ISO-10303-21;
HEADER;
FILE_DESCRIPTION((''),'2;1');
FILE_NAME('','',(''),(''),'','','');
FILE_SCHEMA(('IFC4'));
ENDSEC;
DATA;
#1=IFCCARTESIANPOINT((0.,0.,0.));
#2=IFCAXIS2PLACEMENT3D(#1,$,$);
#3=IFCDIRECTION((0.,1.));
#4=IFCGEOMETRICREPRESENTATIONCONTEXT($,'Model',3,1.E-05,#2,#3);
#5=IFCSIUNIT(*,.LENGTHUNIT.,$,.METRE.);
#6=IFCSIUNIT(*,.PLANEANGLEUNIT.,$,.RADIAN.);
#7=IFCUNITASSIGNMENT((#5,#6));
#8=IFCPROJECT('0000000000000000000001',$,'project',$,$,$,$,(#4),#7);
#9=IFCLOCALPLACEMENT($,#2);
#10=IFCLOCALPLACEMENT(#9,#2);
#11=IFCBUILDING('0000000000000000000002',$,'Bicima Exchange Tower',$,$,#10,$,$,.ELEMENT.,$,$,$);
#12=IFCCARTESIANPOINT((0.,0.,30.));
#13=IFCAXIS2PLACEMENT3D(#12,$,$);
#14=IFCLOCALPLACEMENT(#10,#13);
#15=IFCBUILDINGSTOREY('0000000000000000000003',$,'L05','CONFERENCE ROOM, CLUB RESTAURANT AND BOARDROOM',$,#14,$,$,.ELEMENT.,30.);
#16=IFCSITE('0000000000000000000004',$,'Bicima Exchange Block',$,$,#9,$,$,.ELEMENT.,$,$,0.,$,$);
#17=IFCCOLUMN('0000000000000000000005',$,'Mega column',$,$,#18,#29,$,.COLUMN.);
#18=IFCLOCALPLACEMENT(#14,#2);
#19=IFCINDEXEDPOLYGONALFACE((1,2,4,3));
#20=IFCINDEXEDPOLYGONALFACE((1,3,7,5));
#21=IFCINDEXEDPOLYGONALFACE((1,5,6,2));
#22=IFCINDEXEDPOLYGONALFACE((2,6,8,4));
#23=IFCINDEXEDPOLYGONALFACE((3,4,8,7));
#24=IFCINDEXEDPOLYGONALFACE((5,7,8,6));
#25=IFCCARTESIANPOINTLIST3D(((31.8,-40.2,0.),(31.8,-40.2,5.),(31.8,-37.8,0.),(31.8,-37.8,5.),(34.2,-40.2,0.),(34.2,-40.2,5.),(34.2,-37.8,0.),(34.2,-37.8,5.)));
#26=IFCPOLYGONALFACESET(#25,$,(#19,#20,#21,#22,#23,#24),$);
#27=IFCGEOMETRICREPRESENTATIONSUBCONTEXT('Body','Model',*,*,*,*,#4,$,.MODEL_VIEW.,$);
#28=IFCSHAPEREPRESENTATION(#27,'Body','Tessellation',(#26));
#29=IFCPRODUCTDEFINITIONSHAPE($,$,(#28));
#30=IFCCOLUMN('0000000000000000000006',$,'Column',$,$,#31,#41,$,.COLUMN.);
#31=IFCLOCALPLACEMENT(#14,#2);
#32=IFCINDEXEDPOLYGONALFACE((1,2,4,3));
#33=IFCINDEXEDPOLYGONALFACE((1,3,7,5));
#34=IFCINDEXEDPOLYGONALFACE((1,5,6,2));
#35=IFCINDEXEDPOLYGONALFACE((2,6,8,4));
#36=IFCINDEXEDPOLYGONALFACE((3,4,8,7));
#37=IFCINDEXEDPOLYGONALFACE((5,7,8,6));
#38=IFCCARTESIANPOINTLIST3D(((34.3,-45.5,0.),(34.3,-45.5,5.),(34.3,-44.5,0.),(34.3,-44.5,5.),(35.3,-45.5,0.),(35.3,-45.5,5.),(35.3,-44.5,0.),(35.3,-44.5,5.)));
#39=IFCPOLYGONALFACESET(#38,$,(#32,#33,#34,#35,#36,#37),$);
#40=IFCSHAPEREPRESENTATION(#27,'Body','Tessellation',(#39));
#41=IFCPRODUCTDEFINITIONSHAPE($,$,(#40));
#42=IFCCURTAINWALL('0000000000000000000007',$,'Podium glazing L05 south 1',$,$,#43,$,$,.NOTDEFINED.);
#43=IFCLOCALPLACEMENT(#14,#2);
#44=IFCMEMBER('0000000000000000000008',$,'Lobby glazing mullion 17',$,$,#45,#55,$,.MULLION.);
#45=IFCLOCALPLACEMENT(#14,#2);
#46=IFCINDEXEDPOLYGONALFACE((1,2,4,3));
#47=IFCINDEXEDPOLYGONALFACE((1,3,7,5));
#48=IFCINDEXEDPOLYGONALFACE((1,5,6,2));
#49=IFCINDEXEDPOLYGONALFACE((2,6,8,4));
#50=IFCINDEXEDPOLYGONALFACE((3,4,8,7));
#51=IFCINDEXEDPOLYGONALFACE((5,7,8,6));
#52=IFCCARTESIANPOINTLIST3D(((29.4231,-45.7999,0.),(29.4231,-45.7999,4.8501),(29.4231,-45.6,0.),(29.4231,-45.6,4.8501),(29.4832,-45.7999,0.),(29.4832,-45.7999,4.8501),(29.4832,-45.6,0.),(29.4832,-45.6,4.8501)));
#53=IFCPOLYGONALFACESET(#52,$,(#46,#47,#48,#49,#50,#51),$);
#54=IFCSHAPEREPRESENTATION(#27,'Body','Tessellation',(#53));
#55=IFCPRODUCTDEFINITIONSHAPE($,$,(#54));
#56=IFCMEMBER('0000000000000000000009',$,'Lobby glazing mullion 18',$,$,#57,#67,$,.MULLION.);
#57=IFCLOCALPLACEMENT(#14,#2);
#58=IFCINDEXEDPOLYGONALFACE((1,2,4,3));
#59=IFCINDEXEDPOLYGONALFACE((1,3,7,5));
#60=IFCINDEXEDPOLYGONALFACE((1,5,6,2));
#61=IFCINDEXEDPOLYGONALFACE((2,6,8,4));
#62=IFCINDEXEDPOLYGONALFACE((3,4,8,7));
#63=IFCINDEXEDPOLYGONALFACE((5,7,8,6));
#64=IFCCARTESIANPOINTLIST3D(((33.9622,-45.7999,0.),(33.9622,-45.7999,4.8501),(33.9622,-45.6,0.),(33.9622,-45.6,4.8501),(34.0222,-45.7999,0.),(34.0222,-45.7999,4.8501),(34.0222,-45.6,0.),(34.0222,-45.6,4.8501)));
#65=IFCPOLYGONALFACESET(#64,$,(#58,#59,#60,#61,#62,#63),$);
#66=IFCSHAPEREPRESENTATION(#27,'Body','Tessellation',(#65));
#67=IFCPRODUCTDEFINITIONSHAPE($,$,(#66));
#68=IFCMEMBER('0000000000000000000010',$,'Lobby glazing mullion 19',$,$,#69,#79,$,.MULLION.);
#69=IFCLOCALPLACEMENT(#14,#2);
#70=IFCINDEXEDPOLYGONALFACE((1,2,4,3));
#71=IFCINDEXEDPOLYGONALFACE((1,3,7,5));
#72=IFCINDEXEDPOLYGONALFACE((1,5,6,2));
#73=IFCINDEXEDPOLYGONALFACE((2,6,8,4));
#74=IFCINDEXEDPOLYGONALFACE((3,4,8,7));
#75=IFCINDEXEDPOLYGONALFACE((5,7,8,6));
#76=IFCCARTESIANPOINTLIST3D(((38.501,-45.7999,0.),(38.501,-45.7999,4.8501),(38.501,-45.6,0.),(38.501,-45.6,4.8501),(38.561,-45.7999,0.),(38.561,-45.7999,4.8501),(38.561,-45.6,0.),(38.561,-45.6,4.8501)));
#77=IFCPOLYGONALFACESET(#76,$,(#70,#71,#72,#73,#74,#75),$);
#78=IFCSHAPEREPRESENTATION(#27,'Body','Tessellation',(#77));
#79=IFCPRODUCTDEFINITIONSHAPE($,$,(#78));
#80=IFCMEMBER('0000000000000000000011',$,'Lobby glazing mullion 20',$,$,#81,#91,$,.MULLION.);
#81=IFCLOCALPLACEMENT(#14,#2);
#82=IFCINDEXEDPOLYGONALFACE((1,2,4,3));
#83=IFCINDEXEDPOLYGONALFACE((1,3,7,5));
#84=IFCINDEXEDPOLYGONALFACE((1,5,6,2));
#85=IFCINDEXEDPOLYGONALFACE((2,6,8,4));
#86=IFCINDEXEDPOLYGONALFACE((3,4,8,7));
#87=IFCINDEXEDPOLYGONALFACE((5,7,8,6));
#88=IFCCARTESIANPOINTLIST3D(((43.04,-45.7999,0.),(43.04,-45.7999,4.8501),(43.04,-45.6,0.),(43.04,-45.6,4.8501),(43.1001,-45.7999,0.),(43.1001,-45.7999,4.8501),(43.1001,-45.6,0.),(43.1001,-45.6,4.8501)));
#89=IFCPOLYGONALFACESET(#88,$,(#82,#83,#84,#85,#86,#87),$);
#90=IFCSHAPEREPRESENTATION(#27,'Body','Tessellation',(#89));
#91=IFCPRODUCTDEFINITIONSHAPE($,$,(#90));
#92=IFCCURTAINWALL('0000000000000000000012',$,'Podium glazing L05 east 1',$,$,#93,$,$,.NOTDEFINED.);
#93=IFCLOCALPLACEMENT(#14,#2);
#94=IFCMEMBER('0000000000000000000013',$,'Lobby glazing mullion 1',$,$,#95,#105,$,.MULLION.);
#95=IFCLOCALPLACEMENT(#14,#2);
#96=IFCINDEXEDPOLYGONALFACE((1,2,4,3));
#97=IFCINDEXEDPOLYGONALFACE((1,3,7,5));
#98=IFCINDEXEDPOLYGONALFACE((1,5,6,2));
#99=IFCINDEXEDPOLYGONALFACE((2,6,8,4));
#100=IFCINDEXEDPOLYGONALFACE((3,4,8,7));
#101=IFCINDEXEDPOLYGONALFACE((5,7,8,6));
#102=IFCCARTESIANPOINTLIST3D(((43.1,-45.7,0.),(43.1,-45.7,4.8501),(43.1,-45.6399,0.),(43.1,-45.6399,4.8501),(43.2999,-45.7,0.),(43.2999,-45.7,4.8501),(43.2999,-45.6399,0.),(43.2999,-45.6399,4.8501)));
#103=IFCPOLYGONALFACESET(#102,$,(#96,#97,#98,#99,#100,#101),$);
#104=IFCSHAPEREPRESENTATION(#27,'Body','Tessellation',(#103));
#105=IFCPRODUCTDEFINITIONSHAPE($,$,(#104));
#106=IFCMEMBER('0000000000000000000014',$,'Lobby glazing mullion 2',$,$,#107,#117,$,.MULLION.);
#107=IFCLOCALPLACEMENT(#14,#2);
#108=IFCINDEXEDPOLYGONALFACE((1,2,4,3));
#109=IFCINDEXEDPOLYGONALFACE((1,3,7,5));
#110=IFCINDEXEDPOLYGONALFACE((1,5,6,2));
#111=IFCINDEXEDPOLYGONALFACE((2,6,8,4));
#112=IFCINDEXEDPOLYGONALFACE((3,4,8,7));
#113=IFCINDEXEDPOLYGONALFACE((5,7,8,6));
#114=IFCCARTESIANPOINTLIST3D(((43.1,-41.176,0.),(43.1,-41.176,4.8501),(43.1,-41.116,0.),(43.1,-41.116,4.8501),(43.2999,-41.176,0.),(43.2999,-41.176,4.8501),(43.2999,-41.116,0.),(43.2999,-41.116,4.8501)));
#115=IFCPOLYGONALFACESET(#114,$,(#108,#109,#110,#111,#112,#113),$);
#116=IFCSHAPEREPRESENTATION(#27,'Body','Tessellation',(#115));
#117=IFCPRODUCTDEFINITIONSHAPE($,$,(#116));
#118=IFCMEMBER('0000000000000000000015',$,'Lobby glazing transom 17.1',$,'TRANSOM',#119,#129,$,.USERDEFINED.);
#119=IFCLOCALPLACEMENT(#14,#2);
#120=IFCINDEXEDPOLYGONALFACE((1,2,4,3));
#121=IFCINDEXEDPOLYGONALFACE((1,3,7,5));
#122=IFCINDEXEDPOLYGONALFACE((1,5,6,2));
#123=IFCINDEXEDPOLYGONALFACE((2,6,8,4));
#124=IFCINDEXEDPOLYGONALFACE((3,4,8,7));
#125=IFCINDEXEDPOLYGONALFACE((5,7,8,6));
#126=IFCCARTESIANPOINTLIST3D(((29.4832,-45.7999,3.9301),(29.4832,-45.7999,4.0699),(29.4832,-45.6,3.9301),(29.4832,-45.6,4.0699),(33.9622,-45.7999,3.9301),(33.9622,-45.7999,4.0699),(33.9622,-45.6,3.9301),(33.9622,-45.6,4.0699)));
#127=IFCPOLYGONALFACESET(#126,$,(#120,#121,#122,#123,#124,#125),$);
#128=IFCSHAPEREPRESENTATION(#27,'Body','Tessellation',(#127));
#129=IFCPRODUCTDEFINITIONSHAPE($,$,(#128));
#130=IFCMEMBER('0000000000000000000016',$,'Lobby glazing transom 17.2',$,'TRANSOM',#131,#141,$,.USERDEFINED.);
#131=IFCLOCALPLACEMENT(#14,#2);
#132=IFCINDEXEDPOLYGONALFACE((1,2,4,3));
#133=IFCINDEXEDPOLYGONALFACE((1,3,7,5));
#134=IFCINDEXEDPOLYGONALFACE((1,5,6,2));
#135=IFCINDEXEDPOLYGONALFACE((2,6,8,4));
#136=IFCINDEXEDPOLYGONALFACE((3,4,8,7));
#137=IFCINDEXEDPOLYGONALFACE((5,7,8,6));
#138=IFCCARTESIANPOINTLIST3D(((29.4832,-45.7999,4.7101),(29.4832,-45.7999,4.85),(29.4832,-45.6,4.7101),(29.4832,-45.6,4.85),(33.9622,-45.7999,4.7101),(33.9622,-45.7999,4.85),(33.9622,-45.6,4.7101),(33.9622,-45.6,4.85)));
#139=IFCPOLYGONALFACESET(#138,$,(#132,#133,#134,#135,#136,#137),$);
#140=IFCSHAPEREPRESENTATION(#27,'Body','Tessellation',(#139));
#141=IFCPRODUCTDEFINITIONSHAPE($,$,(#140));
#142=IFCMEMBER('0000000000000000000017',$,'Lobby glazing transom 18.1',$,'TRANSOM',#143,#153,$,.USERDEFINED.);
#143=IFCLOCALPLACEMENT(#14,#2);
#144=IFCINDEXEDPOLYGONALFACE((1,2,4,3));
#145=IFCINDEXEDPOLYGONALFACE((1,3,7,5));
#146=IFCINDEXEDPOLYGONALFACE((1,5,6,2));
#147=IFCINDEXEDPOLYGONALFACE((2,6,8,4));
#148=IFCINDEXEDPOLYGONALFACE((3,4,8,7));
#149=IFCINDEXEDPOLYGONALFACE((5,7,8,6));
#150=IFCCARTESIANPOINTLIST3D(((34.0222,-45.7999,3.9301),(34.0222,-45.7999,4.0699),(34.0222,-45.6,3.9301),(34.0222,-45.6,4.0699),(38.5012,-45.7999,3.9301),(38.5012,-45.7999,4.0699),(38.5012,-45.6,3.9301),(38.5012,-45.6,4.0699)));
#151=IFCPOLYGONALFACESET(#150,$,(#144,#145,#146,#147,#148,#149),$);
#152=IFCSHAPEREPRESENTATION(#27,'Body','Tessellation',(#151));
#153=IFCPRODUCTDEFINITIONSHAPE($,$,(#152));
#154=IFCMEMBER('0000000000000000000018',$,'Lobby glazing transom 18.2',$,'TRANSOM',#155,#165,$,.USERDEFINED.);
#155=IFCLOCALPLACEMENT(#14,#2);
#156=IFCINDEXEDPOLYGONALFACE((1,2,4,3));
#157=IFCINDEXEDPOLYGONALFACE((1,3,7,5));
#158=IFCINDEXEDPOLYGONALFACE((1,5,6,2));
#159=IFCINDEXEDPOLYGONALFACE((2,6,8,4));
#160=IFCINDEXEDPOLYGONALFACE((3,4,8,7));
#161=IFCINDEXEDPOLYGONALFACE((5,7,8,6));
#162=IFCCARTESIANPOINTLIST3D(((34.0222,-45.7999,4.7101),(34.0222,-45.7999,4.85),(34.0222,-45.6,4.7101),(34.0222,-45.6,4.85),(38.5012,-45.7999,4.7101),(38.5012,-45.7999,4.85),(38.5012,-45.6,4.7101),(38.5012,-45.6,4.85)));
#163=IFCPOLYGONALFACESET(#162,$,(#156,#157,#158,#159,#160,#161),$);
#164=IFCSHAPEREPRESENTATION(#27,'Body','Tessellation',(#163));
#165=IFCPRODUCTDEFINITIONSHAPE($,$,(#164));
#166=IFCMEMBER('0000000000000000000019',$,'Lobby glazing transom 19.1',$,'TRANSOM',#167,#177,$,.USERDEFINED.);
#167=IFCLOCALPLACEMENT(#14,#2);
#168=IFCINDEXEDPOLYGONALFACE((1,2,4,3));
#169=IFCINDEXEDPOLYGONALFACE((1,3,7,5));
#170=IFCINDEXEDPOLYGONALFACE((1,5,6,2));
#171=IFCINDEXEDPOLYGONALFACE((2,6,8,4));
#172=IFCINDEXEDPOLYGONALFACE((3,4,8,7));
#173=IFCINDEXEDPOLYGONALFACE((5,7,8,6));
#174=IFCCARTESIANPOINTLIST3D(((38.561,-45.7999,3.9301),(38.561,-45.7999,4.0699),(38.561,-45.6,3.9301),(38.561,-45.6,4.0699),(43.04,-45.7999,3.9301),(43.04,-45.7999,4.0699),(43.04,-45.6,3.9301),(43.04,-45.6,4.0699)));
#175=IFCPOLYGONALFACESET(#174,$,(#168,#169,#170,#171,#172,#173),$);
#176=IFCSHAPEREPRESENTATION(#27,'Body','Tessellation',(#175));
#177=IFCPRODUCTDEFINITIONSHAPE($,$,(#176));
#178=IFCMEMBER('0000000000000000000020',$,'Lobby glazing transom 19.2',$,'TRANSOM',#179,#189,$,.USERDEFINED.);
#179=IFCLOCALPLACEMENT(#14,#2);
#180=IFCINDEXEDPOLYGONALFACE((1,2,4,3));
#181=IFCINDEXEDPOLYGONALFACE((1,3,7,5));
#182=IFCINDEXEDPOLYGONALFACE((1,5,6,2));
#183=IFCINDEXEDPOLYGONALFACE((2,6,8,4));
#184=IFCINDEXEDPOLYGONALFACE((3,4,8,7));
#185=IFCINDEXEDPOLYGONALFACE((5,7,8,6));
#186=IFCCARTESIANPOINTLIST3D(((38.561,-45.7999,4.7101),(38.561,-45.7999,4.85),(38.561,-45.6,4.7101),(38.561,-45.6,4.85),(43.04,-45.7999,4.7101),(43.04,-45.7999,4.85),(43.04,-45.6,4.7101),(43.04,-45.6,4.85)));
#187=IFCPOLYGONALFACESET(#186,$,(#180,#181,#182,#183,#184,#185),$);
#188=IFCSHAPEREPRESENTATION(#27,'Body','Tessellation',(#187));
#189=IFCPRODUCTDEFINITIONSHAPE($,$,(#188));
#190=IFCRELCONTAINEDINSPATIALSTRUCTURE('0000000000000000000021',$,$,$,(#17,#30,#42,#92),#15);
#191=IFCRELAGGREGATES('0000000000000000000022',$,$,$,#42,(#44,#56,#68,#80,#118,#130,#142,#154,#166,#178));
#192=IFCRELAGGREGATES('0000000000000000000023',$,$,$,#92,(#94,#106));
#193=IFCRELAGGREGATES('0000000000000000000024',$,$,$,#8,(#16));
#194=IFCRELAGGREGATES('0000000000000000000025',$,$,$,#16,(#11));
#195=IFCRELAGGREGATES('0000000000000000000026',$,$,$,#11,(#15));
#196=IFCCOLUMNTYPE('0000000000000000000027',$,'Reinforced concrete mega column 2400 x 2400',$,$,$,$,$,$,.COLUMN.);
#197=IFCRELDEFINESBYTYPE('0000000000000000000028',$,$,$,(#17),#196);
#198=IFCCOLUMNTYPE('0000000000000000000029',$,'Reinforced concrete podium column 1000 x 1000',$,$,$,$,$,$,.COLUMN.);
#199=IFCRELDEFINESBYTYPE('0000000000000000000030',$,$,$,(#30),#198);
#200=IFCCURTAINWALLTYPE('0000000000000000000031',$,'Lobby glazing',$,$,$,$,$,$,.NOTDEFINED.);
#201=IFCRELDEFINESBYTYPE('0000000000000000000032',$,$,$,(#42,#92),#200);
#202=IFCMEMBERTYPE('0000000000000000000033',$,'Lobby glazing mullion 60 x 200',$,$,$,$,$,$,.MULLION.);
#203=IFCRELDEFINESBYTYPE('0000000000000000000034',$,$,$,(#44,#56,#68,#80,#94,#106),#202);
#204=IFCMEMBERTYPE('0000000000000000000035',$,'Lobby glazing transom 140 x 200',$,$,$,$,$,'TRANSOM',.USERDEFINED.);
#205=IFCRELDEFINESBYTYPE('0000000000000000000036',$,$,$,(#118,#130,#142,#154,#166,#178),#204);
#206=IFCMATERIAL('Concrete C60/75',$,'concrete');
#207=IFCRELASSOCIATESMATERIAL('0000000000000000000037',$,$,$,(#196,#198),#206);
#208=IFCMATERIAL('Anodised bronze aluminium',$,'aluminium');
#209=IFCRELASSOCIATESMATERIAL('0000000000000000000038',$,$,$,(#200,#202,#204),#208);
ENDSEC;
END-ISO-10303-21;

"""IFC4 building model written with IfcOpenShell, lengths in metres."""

from ifc_helpers import new_model, si_unit, direction, frame, origin, origin_2d, place, context, subcontext, project, spatial, rectangle, extrude, material, material_profile, profile_set, type_object, element, aggregate, save


model = new_model("IFC4")

# Units and contexts
model_context = context("Model", 3, precision=1e-05, world=origin(), true_north=direction((0.0, 1.0)))
body_context = subcontext(model_context, "Body", "Model", "MODEL_VIEW")
ifc_project = project(units=[si_unit("LENGTHUNIT", "METRE"), si_unit("PLANEANGLEUNIT", "RADIAN")], contexts=[model_context])

# Site, building, storey
site_placement = place(None, origin())
site = spatial("IfcSite", under=ifc_project, at=site_placement, Name="Bicima Exchange Block", CompositionType="ELEMENT", RefElevation=0.0)
building_placement = place(site_placement, origin())
building = spatial("IfcBuilding", under=site, at=building_placement, Name="Bicima Exchange Tower", CompositionType="ELEMENT")
storey_placement = place(building_placement, frame((0.0, 0.0, 30.0)))
storey = spatial("IfcBuildingStorey", under=building, at=storey_placement, Name="L05", Description="CONFERENCE ROOM, CLUB RESTAURANT AND BOARDROOM", CompositionType="ELEMENT", Elevation=30.0)

# Columns
ifc_material_1 = material(Name="Concrete C60/75", Category="concrete")
ifc_material_profile_1 = material_profile(ifc_material_1, rectangle(XDim=2.3999, YDim=2.3999, at=origin_2d()))
ifc_profile_set_1 = profile_set([ifc_material_profile_1], Name="Concrete C60/75")
column_type_1 = type_object("IfcColumnType", Name="Reinforced concrete mega column 2400 x 2400", PredefinedType="COLUMN", material=ifc_profile_set_1)
column_1_placement = place(storey_placement, frame((33.0, -39.0, 0.0), z_axis=(0.0, 0.0, 1.0), x_axis=(1.0, 0.0, 0.0)))
element("IfcColumn", 1, at=column_1_placement, inside=storey, type_object=column_type_1, Name="Mega column", PredefinedType="COLUMN", context=body_context, shape_type="SweptSolid", body=[
    extrude(rectangle(XDim=2.3999, YDim=2.3999, at=origin_2d()), origin(), (0.0, 0.0, 1.0), 5.0),
])
ifc_material_profile_2 = material_profile(ifc_material_1, rectangle(XDim=1.0, YDim=1.0, at=origin_2d()))
ifc_profile_set_2 = profile_set([ifc_material_profile_2], Name="Concrete C60/75")
column_type_2 = type_object("IfcColumnType", Name="Reinforced concrete podium column 1000 x 1000", PredefinedType="COLUMN", material=ifc_profile_set_2)
column_2_placement = place(storey_placement, frame((34.8, -45.0, 0.0), z_axis=(0.0, 0.0, 1.0), x_axis=(1.0, 0.0, 0.0)))
element("IfcColumn", 2, at=column_2_placement, inside=storey, type_object=column_type_2, Name="Column", PredefinedType="COLUMN", context=body_context, shape_type="SweptSolid", body=[
    extrude(rectangle(XDim=1.0, YDim=1.0, at=origin_2d()), origin(), (0.0, 0.0, 1.0), 5.0),
])

# Curtain walls, members
ifc_material_2 = material(Name="Anodised bronze aluminium", Category="aluminium")
curtain_wall_type = type_object("IfcCurtainWallType", Name="Lobby glazing", PredefinedType="NOTDEFINED", material=ifc_material_2)
curtain_wall_1_placement = place(storey_placement, origin())
curtain_wall_1 = element("IfcCurtainWall", 3, at=curtain_wall_1_placement, inside=storey, type_object=curtain_wall_type, Name="Podium glazing L05 south 1", PredefinedType="NOTDEFINED")
ifc_material_profile_3 = material_profile(ifc_material_2, rectangle(XDim=0.2, YDim=0.0601, at=origin_2d()))
ifc_profile_set_3 = profile_set([ifc_material_profile_3], Name="Anodised bronze aluminium")
member_type_1 = type_object("IfcMemberType", Name="Lobby glazing mullion 60 x 200", PredefinedType="MULLION", material=ifc_profile_set_3)
member_1_placement = place(storey_placement, frame((29.4531, -45.7, 0.0), z_axis=(0.0, 0.0, 1.0), x_axis=(0.0, 1.0, 0.0)))
member_1 = element("IfcMember", 4, at=member_1_placement, type_object=member_type_1, Name="Lobby glazing mullion 17", PredefinedType="MULLION", context=body_context, shape_type="SweptSolid", body=[
    extrude(rectangle(XDim=0.2, YDim=0.0601, at=origin_2d()), origin(), (0.0, 0.0, 1.0), 4.8501),
])
member_2_placement = place(storey_placement, frame((33.9922, -45.7, 0.0), z_axis=(0.0, 0.0, 1.0), x_axis=(0.0, 1.0, 0.0)))
member_2 = element("IfcMember", 5, at=member_2_placement, type_object=member_type_1, Name="Lobby glazing mullion 18", PredefinedType="MULLION", context=body_context, shape_type="SweptSolid", body=[
    extrude(rectangle(XDim=0.2, YDim=0.0601, at=origin_2d()), origin(), (0.0, 0.0, 1.0), 4.8501),
])
member_3_placement = place(storey_placement, frame((38.531, -45.7, 0.0), z_axis=(0.0, 0.0, 1.0), x_axis=(0.0, 1.0, 0.0)))
member_3 = element("IfcMember", 6, at=member_3_placement, type_object=member_type_1, Name="Lobby glazing mullion 19", PredefinedType="MULLION", context=body_context, shape_type="SweptSolid", body=[
    extrude(rectangle(XDim=0.2, YDim=0.0601, at=origin_2d()), origin(), (0.0, 0.0, 1.0), 4.8501),
])
member_4_placement = place(storey_placement, frame((43.0701, -45.7, 0.0), z_axis=(0.0, 0.0, 1.0), x_axis=(0.0, 1.0, 0.0)))
member_4 = element("IfcMember", 7, at=member_4_placement, type_object=member_type_1, Name="Lobby glazing mullion 20", PredefinedType="MULLION", context=body_context, shape_type="SweptSolid", body=[
    extrude(rectangle(XDim=0.2, YDim=0.0601, at=origin_2d()), origin(), (0.0, 0.0, 1.0), 4.8501),
])
curtain_wall_2_placement = place(storey_placement, origin())
curtain_wall_2 = element("IfcCurtainWall", 8, at=curtain_wall_2_placement, inside=storey, type_object=curtain_wall_type, Name="Podium glazing L05 east 1", PredefinedType="NOTDEFINED")
member_5_placement = place(storey_placement, frame((43.2, -45.6699, 0.0), z_axis=(0.0, 0.0, 1.0), x_axis=(-1.0, 0.0, 0.0)))
member_5 = element("IfcMember", 9, at=member_5_placement, type_object=member_type_1, Name="Lobby glazing mullion 1", PredefinedType="MULLION", context=body_context, shape_type="SweptSolid", body=[
    extrude(rectangle(XDim=0.2, YDim=0.0601, at=origin_2d()), origin(), (0.0, 0.0, 1.0), 4.8501),
])
member_6_placement = place(storey_placement, frame((43.2, -41.146, 0.0), z_axis=(0.0, 0.0, 1.0), x_axis=(-1.0, 0.0, 0.0)))
member_6 = element("IfcMember", 10, at=member_6_placement, type_object=member_type_1, Name="Lobby glazing mullion 2", PredefinedType="MULLION", context=body_context, shape_type="SweptSolid", body=[
    extrude(rectangle(XDim=0.2, YDim=0.0601, at=origin_2d()), origin(), (0.0, 0.0, 1.0), 4.8501),
])

# Members
ifc_material_profile_4 = material_profile(ifc_material_2, rectangle(XDim=0.2, YDim=0.1399, at=origin_2d()))
ifc_profile_set_4 = profile_set([ifc_material_profile_4], Name="Anodised bronze aluminium")
member_type_2 = type_object("IfcMemberType", Name="Lobby glazing transom 140 x 200", ElementType="TRANSOM", PredefinedType="USERDEFINED", material=ifc_profile_set_4)
member_7_placement = place(storey_placement, frame((29.4832, -45.7, 4.0), z_axis=(1.0, 0.0, 0.0), x_axis=(0.0, 1.0, 0.0)))
member_7 = element("IfcMember", 11, at=member_7_placement, type_object=member_type_2, Name="Lobby glazing transom 17.1", ObjectType="TRANSOM", PredefinedType="USERDEFINED", context=body_context, shape_type="SweptSolid", body=[
    extrude(rectangle(XDim=0.2, YDim=0.1399, at=origin_2d()), origin(), (0.0, 0.0, 1.0), 4.479),
])
member_8_placement = place(storey_placement, frame((29.4832, -45.7, 4.78), z_axis=(1.0, 0.0, 0.0), x_axis=(0.0, 1.0, 0.0)))
member_8 = element("IfcMember", 12, at=member_8_placement, type_object=member_type_2, Name="Lobby glazing transom 17.2", ObjectType="TRANSOM", PredefinedType="USERDEFINED", context=body_context, shape_type="SweptSolid", body=[
    extrude(rectangle(XDim=0.2, YDim=0.1399, at=origin_2d()), origin(), (0.0, 0.0, 1.0), 4.479),
])
member_9_placement = place(storey_placement, frame((34.0222, -45.7, 4.0), z_axis=(1.0, 0.0, 0.0), x_axis=(0.0, 1.0, 0.0)))
member_9 = element("IfcMember", 13, at=member_9_placement, type_object=member_type_2, Name="Lobby glazing transom 18.1", ObjectType="TRANSOM", PredefinedType="USERDEFINED", context=body_context, shape_type="SweptSolid", body=[
    extrude(rectangle(XDim=0.2, YDim=0.1399, at=origin_2d()), origin(), (0.0, 0.0, 1.0), 4.479),
])
member_10_placement = place(storey_placement, frame((34.0222, -45.7, 4.78), z_axis=(1.0, 0.0, 0.0), x_axis=(0.0, 1.0, 0.0)))
member_10 = element("IfcMember", 14, at=member_10_placement, type_object=member_type_2, Name="Lobby glazing transom 18.2", ObjectType="TRANSOM", PredefinedType="USERDEFINED", context=body_context, shape_type="SweptSolid", body=[
    extrude(rectangle(XDim=0.2, YDim=0.1399, at=origin_2d()), origin(), (0.0, 0.0, 1.0), 4.479),
])
member_11_placement = place(storey_placement, frame((38.561, -45.7, 4.0), z_axis=(1.0, 0.0, 0.0), x_axis=(0.0, 1.0, 0.0)))
member_11 = element("IfcMember", 15, at=member_11_placement, type_object=member_type_2, Name="Lobby glazing transom 19.1", ObjectType="TRANSOM", PredefinedType="USERDEFINED", context=body_context, shape_type="SweptSolid", body=[
    extrude(rectangle(XDim=0.2, YDim=0.1399, at=origin_2d()), origin(), (0.0, 0.0, 1.0), 4.479),
])
member_12_placement = place(storey_placement, frame((38.561, -45.7, 4.78), z_axis=(1.0, 0.0, 0.0), x_axis=(0.0, 1.0, 0.0)))
member_12 = element("IfcMember", 16, at=member_12_placement, type_object=member_type_2, Name="Lobby glazing transom 19.2", ObjectType="TRANSOM", PredefinedType="USERDEFINED", context=body_context, shape_type="SweptSolid", body=[
    extrude(rectangle(XDim=0.2, YDim=0.1399, at=origin_2d()), origin(), (0.0, 0.0, 1.0), 4.479),
])

aggregate(curtain_wall_1, [member_1, member_2, member_3, member_4, member_7, member_8, member_9, member_10, member_11, member_12])
aggregate(curtain_wall_2, [member_5, member_6])

save(model, "model.ifc")
